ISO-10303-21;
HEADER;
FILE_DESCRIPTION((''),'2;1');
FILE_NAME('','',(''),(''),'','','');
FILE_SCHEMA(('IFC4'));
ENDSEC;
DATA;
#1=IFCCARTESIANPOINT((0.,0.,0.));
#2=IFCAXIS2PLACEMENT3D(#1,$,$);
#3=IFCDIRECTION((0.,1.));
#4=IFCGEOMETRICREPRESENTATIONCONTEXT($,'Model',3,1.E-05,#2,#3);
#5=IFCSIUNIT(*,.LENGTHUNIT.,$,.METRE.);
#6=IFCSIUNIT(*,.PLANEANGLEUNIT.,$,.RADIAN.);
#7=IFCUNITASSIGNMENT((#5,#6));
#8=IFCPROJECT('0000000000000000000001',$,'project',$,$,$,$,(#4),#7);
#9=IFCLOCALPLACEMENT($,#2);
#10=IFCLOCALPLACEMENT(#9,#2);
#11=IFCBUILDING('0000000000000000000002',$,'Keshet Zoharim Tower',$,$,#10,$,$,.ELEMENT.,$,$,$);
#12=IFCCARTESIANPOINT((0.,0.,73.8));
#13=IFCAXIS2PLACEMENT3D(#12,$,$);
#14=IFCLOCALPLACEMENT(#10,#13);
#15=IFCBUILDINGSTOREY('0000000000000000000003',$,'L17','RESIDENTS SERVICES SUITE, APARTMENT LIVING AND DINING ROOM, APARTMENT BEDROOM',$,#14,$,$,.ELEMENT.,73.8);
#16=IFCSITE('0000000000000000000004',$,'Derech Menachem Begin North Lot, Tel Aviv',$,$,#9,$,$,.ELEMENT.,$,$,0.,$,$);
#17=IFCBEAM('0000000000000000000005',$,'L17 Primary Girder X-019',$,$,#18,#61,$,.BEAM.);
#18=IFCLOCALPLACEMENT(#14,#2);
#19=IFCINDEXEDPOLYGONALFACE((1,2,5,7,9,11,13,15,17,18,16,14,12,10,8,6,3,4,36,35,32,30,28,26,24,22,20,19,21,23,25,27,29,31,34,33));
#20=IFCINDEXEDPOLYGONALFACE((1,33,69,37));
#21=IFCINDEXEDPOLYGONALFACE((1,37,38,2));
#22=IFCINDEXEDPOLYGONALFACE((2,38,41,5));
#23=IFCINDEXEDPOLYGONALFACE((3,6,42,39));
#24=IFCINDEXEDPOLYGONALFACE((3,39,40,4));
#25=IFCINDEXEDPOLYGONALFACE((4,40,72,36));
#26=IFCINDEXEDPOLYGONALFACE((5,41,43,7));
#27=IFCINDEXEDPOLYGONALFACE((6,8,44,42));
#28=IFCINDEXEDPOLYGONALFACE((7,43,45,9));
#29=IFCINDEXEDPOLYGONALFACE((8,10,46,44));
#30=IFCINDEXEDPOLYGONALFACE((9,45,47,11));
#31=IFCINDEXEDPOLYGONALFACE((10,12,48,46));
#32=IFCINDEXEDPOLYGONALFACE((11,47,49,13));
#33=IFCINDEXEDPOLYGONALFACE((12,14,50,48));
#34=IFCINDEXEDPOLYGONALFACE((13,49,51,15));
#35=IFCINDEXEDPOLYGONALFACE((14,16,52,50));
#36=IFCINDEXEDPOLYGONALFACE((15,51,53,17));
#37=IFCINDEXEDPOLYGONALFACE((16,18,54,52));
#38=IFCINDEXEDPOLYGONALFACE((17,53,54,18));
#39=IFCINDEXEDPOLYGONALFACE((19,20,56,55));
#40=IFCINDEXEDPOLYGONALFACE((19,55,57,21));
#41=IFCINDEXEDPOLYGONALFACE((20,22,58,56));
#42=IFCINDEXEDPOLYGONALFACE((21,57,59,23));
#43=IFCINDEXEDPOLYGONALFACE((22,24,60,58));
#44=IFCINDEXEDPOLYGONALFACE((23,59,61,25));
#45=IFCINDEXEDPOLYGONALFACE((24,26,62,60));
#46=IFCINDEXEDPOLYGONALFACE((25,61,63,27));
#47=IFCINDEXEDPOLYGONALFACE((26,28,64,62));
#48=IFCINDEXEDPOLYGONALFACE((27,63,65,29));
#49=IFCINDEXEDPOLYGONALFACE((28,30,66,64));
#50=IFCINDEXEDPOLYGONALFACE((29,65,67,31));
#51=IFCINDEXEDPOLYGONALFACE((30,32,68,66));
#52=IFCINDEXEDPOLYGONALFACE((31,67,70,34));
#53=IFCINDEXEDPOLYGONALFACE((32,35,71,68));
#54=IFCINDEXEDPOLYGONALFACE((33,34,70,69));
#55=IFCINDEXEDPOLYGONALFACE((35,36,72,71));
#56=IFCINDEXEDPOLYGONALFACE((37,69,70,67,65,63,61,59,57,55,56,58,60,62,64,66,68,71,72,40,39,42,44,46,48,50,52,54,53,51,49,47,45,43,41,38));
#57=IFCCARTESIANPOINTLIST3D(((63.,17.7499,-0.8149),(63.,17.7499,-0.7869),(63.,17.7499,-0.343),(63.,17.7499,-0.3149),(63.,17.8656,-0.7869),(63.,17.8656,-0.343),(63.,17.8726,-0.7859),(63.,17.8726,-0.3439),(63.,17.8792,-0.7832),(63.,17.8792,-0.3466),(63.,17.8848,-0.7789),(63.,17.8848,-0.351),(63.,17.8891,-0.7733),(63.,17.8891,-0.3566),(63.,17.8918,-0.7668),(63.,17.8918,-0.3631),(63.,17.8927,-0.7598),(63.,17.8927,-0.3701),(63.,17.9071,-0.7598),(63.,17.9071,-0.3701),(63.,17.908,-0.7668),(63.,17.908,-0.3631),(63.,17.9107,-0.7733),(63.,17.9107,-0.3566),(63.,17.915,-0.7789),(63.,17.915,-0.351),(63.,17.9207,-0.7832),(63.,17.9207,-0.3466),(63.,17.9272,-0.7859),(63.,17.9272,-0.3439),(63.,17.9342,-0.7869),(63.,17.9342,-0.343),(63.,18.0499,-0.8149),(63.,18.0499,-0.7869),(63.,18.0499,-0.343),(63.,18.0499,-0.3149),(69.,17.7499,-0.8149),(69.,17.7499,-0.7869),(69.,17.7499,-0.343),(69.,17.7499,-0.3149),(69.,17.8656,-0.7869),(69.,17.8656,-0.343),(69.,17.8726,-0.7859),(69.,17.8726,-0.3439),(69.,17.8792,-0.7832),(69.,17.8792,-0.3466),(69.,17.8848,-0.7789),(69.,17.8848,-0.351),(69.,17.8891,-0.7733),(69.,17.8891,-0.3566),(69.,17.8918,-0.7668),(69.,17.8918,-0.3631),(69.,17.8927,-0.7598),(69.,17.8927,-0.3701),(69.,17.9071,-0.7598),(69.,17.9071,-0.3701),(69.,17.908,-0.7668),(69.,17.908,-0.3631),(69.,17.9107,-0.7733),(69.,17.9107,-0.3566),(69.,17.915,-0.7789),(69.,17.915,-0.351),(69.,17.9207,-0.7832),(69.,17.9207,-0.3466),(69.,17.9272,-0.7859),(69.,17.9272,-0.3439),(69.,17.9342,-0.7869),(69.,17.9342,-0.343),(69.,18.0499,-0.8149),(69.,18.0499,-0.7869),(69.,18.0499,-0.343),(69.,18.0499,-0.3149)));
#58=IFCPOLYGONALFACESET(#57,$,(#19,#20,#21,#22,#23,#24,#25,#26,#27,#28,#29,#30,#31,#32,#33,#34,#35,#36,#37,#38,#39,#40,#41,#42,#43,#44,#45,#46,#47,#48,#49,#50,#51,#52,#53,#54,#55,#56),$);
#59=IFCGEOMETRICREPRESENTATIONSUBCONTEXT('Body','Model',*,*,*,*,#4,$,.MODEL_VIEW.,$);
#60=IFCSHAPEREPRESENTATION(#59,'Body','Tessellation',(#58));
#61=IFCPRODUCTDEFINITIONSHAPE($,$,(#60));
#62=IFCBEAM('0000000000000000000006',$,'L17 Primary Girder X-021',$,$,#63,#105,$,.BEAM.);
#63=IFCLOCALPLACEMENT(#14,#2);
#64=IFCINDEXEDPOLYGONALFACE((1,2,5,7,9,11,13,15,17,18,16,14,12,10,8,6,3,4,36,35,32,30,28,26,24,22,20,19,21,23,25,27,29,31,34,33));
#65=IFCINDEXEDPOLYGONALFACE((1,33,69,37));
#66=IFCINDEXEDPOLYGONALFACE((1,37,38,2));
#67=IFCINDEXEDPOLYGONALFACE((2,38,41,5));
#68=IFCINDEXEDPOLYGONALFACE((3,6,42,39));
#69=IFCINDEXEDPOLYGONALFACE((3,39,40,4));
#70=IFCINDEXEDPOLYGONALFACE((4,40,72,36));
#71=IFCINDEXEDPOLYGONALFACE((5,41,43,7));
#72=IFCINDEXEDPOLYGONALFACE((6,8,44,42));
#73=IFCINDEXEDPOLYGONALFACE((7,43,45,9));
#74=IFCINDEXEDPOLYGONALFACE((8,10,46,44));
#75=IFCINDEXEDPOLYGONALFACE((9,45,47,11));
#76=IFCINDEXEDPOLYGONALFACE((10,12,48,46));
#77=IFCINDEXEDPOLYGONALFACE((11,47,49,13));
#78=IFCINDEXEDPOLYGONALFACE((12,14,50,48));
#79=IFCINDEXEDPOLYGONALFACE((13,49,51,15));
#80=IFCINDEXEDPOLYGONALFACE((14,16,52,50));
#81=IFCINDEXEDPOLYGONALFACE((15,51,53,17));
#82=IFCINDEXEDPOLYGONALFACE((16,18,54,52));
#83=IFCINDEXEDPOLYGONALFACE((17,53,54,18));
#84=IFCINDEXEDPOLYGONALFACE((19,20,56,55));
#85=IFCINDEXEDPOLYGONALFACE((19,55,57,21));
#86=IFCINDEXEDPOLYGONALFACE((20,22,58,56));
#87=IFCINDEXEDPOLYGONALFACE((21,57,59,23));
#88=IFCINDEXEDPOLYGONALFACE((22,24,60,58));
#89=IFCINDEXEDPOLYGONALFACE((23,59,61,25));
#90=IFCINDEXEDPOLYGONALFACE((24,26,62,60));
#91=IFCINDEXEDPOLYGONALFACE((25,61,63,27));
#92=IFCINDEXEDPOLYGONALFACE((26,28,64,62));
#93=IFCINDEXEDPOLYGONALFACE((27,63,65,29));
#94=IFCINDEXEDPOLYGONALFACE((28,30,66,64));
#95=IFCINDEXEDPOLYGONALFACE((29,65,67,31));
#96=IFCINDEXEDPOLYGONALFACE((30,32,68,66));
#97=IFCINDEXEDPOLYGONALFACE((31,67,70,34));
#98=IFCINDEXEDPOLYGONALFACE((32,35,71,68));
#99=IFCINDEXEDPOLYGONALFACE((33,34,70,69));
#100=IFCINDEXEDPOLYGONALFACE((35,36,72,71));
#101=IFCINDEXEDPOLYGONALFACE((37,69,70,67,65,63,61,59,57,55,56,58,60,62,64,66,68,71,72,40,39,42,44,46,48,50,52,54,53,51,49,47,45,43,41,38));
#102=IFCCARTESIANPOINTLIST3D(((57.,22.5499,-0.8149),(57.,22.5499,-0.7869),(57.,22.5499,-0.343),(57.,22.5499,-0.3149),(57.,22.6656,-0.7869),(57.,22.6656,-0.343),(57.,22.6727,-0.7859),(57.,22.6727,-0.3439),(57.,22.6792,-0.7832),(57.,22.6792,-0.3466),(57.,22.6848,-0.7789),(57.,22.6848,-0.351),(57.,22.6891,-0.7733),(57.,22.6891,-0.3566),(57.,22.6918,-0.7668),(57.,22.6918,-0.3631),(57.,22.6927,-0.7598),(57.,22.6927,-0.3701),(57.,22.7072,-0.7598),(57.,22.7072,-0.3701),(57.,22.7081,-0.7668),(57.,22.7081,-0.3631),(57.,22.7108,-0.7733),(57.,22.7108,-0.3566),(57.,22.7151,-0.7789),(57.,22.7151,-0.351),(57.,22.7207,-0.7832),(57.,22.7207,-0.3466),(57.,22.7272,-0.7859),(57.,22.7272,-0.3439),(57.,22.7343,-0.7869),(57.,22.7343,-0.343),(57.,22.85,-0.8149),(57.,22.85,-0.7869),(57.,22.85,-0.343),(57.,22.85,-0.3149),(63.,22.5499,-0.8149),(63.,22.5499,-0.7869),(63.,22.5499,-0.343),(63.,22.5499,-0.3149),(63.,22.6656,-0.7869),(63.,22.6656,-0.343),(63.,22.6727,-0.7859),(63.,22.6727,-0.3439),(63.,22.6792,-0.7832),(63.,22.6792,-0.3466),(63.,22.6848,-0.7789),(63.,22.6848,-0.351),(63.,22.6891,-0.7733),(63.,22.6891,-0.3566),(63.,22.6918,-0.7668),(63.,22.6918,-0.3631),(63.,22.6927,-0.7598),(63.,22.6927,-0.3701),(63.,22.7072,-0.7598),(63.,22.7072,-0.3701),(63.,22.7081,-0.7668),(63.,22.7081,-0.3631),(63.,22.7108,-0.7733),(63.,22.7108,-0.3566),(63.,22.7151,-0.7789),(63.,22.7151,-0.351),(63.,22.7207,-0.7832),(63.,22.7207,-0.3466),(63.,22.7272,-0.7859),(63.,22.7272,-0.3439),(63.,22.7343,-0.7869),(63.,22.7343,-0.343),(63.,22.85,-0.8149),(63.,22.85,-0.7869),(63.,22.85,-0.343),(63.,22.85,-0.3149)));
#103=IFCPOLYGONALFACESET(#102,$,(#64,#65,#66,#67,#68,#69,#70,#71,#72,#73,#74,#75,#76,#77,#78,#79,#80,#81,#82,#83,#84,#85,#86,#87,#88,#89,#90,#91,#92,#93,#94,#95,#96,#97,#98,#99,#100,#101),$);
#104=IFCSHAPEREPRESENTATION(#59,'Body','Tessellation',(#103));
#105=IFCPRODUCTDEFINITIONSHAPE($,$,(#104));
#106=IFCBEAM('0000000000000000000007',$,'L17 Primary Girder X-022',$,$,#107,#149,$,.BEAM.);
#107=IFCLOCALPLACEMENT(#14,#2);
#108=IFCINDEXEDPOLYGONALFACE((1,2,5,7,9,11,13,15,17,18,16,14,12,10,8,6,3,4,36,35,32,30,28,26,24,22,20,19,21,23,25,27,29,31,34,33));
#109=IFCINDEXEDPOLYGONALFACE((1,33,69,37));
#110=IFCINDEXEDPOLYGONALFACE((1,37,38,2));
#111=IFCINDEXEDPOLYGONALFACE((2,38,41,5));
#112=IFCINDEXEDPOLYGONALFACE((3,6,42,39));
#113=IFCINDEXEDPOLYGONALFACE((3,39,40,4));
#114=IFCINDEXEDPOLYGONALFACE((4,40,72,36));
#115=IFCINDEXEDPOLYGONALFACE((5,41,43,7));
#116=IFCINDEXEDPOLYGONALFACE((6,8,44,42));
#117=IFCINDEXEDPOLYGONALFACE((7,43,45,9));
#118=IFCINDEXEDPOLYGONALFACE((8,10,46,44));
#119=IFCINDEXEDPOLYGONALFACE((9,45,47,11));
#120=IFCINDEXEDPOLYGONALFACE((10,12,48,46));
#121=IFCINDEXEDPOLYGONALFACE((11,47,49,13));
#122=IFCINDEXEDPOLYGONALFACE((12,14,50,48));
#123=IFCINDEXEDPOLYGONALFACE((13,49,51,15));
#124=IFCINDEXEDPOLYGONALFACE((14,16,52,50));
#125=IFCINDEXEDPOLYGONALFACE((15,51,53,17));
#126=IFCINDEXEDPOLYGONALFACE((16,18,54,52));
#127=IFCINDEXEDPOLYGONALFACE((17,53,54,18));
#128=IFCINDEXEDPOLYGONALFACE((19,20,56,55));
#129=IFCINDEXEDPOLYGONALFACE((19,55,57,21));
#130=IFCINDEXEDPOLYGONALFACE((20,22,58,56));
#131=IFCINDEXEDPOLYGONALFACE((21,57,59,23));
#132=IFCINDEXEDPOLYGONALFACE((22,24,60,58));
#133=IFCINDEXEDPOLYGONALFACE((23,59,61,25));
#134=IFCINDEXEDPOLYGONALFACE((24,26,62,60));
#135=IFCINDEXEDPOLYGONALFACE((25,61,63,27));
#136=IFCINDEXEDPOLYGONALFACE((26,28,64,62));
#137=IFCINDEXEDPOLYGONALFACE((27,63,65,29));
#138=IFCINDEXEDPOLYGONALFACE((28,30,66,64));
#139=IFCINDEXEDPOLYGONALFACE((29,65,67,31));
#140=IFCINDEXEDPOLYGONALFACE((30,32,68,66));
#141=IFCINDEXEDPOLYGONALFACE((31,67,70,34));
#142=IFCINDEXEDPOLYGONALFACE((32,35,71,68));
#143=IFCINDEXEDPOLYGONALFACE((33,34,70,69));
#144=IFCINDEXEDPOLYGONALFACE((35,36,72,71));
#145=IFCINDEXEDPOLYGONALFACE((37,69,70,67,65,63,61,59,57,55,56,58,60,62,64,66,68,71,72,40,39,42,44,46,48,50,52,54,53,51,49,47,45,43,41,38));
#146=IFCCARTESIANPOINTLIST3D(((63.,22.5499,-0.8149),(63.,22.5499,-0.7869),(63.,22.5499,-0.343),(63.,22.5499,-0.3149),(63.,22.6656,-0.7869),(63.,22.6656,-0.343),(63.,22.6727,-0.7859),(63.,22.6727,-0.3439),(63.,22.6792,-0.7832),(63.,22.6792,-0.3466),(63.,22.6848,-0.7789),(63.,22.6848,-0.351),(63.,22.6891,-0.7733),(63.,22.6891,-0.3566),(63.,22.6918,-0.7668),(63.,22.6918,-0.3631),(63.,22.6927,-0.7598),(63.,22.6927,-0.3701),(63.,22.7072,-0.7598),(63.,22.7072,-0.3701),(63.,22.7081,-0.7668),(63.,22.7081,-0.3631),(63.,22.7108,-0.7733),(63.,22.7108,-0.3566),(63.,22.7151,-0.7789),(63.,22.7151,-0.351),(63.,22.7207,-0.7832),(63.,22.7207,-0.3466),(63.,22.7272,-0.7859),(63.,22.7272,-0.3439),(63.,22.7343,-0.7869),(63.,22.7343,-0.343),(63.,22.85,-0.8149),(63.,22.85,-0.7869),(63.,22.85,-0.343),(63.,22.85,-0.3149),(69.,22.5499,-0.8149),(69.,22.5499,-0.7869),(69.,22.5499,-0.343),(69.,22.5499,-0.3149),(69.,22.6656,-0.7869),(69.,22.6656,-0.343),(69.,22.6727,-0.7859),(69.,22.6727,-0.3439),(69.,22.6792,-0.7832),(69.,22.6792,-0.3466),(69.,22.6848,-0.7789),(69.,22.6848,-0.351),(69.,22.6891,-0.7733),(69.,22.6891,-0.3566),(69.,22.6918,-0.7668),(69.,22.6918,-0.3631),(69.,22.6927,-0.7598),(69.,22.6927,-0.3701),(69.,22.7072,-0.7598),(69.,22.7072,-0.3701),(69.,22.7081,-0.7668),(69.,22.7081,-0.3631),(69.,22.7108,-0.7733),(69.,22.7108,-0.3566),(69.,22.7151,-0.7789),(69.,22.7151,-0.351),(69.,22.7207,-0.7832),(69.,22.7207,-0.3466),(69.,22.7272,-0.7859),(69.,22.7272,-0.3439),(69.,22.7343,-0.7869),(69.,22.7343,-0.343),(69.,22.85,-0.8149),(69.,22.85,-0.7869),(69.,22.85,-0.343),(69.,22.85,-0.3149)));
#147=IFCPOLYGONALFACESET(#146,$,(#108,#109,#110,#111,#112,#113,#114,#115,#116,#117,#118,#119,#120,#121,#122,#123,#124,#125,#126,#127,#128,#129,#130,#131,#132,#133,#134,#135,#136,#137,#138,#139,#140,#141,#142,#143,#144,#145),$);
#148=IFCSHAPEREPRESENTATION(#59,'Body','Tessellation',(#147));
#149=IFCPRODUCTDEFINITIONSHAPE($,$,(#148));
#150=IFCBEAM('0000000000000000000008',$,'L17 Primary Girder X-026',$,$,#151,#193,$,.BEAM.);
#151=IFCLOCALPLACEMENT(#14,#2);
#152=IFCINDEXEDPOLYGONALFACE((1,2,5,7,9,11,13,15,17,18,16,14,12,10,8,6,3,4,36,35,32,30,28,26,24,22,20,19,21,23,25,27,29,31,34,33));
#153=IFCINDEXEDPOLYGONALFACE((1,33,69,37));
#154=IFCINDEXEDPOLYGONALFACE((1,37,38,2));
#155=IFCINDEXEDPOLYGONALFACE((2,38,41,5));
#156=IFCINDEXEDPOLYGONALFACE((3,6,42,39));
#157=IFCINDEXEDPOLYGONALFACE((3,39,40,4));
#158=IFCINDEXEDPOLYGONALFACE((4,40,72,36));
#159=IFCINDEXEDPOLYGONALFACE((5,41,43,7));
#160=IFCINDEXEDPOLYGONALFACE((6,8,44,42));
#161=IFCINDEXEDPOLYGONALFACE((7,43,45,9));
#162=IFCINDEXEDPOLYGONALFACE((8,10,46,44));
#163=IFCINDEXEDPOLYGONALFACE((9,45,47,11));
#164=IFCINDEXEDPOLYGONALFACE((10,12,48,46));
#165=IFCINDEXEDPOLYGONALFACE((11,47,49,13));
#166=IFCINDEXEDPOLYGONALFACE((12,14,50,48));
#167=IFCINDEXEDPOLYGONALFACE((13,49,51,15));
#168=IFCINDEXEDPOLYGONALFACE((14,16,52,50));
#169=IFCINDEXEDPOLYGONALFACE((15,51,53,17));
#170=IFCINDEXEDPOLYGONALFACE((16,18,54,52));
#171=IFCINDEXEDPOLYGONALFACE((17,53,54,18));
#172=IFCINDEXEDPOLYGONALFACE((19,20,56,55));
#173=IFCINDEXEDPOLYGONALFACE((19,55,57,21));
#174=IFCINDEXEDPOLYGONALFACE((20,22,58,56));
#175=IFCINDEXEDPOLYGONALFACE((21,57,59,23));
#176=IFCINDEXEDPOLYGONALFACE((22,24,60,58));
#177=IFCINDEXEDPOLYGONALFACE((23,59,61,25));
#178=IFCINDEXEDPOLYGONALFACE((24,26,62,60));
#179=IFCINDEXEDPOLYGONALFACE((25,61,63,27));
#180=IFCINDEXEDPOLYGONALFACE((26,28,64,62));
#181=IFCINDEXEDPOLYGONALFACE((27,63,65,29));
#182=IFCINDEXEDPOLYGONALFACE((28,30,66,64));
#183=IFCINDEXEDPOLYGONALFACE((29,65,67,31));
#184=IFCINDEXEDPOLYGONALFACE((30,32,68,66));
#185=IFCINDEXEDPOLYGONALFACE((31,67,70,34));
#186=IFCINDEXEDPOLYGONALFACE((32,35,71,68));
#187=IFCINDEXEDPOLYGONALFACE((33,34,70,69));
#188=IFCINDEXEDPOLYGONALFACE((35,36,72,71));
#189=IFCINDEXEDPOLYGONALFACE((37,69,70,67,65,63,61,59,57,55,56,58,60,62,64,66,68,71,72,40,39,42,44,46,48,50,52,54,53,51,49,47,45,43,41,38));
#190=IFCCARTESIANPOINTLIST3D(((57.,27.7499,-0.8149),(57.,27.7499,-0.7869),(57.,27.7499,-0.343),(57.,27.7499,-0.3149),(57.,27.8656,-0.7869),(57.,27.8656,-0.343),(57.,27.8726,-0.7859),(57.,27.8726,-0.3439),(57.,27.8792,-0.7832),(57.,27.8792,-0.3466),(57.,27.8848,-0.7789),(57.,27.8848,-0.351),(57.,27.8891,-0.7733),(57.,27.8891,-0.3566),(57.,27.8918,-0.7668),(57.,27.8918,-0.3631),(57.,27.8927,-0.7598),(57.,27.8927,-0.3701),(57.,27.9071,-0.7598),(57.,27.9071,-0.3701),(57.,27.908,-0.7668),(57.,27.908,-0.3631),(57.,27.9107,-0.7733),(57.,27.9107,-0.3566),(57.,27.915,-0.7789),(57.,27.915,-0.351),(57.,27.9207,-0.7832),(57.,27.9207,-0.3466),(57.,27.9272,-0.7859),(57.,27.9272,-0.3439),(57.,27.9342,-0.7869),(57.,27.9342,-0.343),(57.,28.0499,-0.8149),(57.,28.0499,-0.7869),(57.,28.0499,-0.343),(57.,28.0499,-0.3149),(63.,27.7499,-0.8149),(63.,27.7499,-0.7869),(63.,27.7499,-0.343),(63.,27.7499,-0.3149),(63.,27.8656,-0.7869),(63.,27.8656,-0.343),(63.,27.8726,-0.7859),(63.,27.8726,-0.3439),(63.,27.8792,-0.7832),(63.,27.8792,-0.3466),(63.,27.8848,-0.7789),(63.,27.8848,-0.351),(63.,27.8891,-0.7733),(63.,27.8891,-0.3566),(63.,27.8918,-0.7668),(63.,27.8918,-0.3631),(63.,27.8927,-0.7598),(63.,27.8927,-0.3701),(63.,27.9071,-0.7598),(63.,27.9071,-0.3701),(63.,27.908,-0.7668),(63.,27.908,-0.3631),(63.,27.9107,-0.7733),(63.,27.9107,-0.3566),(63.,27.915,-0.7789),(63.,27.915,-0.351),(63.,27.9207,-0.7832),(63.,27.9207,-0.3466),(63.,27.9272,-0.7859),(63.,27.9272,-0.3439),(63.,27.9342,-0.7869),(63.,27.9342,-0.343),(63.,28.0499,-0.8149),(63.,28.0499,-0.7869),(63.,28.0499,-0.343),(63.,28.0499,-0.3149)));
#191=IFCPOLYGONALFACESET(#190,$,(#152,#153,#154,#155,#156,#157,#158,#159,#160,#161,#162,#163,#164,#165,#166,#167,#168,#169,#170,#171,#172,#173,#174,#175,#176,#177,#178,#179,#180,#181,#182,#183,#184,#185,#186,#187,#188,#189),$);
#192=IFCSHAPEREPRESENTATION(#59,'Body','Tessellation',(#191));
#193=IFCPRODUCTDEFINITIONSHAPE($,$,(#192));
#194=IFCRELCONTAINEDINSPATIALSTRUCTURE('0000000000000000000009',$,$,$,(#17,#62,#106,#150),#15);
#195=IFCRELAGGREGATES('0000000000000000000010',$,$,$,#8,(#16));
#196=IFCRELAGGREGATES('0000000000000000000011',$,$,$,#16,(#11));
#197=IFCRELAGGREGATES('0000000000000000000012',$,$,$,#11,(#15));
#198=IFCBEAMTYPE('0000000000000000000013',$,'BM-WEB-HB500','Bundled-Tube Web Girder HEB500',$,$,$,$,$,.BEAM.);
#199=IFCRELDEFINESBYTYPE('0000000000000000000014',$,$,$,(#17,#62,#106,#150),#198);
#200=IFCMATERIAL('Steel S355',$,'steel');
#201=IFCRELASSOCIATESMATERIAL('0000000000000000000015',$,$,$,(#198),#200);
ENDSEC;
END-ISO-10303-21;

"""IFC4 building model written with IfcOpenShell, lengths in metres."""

from ifc_helpers import new_model, si_unit, direction, frame, origin, origin_2d, place, context, subcontext, project, spatial, i_section, extrude, material, material_profile, profile_set, type_object, element, save


model = new_model("IFC4")

# Units and contexts
model_context = context("Model", 3, precision=1e-05, world=origin(), true_north=direction((0.0, 1.0)))
body_context = subcontext(model_context, "Body", "Model", "MODEL_VIEW")
ifc_project = project(units=[si_unit("LENGTHUNIT", "METRE"), si_unit("PLANEANGLEUNIT", "RADIAN")], contexts=[model_context])

# Site, building, storey
site_placement = place(None, origin())
site = spatial("IfcSite", under=ifc_project, at=site_placement, Name="Derech Menachem Begin North Lot, Tel Aviv", CompositionType="ELEMENT", RefElevation=0.0)
building_placement = place(site_placement, origin())
building = spatial("IfcBuilding", under=site, at=building_placement, Name="Keshet Zoharim Tower", CompositionType="ELEMENT")
storey_placement = place(building_placement, frame((0.0, 0.0, 73.8)))
storey = spatial("IfcBuildingStorey", under=building, at=storey_placement, Name="L17", Description="RESIDENTS SERVICES SUITE, APARTMENT LIVING AND DINING ROOM, APARTMENT BEDROOM", CompositionType="ELEMENT", Elevation=73.8)

# Shared definitions
ifc_material_1 = material(Name="Steel S355", Category="steel")

# Beams
ifc_material_profile_1 = material_profile(ifc_material_1, i_section(OverallWidth=0.3, OverallDepth=0.5, WebThickness=0.0144, FlangeThickness=0.0281, FilletRadius=0.0271, at=origin_2d()), Name="HEB500")
ifc_profile_set_1 = profile_set([ifc_material_profile_1], Name="Steel S355")
beam_type_1 = type_object("IfcBeamType", Name="BM-WEB-HB500", Description="Bundled-Tube Web Girder HEB500", PredefinedType="BEAM", material=ifc_profile_set_1)
for number, where, z_axis, x_axis, name in (
    (1, (63.0, 17.8999, -0.5649), (1.0, 0.0, 0.0), (0.0, 1.0, 0.0), "L17 Primary Girder X-019"),
    (2, (57.0, 22.7, -0.5649), (1.0, 0.0, 0.0), (0.0, 1.0, 0.0), "L17 Primary Girder X-021"),
    (3, (63.0, 22.7, -0.5649), (1.0, 0.0, 0.0), (0.0, 1.0, 0.0), "L17 Primary Girder X-022"),
    (4, (57.0, 27.8999, -0.5649), (1.0, 0.0, 0.0), (0.0, 1.0, 0.0), "L17 Primary Girder X-026"),
):
    element("IfcBeam", number, at=place(storey_placement, frame(where, z_axis=z_axis, x_axis=x_axis)), inside=storey, type_object=beam_type_1, Name=name, PredefinedType="BEAM", context=body_context, shape_type="SweptSolid", body=[
        extrude(i_section(OverallWidth=0.3, OverallDepth=0.5, WebThickness=0.0144, FlangeThickness=0.0281, FilletRadius=0.0271, at=origin_2d()), origin(), (0.0, 0.0, 1.0), 6.0),
    ])

save(model, "model.ifc")
